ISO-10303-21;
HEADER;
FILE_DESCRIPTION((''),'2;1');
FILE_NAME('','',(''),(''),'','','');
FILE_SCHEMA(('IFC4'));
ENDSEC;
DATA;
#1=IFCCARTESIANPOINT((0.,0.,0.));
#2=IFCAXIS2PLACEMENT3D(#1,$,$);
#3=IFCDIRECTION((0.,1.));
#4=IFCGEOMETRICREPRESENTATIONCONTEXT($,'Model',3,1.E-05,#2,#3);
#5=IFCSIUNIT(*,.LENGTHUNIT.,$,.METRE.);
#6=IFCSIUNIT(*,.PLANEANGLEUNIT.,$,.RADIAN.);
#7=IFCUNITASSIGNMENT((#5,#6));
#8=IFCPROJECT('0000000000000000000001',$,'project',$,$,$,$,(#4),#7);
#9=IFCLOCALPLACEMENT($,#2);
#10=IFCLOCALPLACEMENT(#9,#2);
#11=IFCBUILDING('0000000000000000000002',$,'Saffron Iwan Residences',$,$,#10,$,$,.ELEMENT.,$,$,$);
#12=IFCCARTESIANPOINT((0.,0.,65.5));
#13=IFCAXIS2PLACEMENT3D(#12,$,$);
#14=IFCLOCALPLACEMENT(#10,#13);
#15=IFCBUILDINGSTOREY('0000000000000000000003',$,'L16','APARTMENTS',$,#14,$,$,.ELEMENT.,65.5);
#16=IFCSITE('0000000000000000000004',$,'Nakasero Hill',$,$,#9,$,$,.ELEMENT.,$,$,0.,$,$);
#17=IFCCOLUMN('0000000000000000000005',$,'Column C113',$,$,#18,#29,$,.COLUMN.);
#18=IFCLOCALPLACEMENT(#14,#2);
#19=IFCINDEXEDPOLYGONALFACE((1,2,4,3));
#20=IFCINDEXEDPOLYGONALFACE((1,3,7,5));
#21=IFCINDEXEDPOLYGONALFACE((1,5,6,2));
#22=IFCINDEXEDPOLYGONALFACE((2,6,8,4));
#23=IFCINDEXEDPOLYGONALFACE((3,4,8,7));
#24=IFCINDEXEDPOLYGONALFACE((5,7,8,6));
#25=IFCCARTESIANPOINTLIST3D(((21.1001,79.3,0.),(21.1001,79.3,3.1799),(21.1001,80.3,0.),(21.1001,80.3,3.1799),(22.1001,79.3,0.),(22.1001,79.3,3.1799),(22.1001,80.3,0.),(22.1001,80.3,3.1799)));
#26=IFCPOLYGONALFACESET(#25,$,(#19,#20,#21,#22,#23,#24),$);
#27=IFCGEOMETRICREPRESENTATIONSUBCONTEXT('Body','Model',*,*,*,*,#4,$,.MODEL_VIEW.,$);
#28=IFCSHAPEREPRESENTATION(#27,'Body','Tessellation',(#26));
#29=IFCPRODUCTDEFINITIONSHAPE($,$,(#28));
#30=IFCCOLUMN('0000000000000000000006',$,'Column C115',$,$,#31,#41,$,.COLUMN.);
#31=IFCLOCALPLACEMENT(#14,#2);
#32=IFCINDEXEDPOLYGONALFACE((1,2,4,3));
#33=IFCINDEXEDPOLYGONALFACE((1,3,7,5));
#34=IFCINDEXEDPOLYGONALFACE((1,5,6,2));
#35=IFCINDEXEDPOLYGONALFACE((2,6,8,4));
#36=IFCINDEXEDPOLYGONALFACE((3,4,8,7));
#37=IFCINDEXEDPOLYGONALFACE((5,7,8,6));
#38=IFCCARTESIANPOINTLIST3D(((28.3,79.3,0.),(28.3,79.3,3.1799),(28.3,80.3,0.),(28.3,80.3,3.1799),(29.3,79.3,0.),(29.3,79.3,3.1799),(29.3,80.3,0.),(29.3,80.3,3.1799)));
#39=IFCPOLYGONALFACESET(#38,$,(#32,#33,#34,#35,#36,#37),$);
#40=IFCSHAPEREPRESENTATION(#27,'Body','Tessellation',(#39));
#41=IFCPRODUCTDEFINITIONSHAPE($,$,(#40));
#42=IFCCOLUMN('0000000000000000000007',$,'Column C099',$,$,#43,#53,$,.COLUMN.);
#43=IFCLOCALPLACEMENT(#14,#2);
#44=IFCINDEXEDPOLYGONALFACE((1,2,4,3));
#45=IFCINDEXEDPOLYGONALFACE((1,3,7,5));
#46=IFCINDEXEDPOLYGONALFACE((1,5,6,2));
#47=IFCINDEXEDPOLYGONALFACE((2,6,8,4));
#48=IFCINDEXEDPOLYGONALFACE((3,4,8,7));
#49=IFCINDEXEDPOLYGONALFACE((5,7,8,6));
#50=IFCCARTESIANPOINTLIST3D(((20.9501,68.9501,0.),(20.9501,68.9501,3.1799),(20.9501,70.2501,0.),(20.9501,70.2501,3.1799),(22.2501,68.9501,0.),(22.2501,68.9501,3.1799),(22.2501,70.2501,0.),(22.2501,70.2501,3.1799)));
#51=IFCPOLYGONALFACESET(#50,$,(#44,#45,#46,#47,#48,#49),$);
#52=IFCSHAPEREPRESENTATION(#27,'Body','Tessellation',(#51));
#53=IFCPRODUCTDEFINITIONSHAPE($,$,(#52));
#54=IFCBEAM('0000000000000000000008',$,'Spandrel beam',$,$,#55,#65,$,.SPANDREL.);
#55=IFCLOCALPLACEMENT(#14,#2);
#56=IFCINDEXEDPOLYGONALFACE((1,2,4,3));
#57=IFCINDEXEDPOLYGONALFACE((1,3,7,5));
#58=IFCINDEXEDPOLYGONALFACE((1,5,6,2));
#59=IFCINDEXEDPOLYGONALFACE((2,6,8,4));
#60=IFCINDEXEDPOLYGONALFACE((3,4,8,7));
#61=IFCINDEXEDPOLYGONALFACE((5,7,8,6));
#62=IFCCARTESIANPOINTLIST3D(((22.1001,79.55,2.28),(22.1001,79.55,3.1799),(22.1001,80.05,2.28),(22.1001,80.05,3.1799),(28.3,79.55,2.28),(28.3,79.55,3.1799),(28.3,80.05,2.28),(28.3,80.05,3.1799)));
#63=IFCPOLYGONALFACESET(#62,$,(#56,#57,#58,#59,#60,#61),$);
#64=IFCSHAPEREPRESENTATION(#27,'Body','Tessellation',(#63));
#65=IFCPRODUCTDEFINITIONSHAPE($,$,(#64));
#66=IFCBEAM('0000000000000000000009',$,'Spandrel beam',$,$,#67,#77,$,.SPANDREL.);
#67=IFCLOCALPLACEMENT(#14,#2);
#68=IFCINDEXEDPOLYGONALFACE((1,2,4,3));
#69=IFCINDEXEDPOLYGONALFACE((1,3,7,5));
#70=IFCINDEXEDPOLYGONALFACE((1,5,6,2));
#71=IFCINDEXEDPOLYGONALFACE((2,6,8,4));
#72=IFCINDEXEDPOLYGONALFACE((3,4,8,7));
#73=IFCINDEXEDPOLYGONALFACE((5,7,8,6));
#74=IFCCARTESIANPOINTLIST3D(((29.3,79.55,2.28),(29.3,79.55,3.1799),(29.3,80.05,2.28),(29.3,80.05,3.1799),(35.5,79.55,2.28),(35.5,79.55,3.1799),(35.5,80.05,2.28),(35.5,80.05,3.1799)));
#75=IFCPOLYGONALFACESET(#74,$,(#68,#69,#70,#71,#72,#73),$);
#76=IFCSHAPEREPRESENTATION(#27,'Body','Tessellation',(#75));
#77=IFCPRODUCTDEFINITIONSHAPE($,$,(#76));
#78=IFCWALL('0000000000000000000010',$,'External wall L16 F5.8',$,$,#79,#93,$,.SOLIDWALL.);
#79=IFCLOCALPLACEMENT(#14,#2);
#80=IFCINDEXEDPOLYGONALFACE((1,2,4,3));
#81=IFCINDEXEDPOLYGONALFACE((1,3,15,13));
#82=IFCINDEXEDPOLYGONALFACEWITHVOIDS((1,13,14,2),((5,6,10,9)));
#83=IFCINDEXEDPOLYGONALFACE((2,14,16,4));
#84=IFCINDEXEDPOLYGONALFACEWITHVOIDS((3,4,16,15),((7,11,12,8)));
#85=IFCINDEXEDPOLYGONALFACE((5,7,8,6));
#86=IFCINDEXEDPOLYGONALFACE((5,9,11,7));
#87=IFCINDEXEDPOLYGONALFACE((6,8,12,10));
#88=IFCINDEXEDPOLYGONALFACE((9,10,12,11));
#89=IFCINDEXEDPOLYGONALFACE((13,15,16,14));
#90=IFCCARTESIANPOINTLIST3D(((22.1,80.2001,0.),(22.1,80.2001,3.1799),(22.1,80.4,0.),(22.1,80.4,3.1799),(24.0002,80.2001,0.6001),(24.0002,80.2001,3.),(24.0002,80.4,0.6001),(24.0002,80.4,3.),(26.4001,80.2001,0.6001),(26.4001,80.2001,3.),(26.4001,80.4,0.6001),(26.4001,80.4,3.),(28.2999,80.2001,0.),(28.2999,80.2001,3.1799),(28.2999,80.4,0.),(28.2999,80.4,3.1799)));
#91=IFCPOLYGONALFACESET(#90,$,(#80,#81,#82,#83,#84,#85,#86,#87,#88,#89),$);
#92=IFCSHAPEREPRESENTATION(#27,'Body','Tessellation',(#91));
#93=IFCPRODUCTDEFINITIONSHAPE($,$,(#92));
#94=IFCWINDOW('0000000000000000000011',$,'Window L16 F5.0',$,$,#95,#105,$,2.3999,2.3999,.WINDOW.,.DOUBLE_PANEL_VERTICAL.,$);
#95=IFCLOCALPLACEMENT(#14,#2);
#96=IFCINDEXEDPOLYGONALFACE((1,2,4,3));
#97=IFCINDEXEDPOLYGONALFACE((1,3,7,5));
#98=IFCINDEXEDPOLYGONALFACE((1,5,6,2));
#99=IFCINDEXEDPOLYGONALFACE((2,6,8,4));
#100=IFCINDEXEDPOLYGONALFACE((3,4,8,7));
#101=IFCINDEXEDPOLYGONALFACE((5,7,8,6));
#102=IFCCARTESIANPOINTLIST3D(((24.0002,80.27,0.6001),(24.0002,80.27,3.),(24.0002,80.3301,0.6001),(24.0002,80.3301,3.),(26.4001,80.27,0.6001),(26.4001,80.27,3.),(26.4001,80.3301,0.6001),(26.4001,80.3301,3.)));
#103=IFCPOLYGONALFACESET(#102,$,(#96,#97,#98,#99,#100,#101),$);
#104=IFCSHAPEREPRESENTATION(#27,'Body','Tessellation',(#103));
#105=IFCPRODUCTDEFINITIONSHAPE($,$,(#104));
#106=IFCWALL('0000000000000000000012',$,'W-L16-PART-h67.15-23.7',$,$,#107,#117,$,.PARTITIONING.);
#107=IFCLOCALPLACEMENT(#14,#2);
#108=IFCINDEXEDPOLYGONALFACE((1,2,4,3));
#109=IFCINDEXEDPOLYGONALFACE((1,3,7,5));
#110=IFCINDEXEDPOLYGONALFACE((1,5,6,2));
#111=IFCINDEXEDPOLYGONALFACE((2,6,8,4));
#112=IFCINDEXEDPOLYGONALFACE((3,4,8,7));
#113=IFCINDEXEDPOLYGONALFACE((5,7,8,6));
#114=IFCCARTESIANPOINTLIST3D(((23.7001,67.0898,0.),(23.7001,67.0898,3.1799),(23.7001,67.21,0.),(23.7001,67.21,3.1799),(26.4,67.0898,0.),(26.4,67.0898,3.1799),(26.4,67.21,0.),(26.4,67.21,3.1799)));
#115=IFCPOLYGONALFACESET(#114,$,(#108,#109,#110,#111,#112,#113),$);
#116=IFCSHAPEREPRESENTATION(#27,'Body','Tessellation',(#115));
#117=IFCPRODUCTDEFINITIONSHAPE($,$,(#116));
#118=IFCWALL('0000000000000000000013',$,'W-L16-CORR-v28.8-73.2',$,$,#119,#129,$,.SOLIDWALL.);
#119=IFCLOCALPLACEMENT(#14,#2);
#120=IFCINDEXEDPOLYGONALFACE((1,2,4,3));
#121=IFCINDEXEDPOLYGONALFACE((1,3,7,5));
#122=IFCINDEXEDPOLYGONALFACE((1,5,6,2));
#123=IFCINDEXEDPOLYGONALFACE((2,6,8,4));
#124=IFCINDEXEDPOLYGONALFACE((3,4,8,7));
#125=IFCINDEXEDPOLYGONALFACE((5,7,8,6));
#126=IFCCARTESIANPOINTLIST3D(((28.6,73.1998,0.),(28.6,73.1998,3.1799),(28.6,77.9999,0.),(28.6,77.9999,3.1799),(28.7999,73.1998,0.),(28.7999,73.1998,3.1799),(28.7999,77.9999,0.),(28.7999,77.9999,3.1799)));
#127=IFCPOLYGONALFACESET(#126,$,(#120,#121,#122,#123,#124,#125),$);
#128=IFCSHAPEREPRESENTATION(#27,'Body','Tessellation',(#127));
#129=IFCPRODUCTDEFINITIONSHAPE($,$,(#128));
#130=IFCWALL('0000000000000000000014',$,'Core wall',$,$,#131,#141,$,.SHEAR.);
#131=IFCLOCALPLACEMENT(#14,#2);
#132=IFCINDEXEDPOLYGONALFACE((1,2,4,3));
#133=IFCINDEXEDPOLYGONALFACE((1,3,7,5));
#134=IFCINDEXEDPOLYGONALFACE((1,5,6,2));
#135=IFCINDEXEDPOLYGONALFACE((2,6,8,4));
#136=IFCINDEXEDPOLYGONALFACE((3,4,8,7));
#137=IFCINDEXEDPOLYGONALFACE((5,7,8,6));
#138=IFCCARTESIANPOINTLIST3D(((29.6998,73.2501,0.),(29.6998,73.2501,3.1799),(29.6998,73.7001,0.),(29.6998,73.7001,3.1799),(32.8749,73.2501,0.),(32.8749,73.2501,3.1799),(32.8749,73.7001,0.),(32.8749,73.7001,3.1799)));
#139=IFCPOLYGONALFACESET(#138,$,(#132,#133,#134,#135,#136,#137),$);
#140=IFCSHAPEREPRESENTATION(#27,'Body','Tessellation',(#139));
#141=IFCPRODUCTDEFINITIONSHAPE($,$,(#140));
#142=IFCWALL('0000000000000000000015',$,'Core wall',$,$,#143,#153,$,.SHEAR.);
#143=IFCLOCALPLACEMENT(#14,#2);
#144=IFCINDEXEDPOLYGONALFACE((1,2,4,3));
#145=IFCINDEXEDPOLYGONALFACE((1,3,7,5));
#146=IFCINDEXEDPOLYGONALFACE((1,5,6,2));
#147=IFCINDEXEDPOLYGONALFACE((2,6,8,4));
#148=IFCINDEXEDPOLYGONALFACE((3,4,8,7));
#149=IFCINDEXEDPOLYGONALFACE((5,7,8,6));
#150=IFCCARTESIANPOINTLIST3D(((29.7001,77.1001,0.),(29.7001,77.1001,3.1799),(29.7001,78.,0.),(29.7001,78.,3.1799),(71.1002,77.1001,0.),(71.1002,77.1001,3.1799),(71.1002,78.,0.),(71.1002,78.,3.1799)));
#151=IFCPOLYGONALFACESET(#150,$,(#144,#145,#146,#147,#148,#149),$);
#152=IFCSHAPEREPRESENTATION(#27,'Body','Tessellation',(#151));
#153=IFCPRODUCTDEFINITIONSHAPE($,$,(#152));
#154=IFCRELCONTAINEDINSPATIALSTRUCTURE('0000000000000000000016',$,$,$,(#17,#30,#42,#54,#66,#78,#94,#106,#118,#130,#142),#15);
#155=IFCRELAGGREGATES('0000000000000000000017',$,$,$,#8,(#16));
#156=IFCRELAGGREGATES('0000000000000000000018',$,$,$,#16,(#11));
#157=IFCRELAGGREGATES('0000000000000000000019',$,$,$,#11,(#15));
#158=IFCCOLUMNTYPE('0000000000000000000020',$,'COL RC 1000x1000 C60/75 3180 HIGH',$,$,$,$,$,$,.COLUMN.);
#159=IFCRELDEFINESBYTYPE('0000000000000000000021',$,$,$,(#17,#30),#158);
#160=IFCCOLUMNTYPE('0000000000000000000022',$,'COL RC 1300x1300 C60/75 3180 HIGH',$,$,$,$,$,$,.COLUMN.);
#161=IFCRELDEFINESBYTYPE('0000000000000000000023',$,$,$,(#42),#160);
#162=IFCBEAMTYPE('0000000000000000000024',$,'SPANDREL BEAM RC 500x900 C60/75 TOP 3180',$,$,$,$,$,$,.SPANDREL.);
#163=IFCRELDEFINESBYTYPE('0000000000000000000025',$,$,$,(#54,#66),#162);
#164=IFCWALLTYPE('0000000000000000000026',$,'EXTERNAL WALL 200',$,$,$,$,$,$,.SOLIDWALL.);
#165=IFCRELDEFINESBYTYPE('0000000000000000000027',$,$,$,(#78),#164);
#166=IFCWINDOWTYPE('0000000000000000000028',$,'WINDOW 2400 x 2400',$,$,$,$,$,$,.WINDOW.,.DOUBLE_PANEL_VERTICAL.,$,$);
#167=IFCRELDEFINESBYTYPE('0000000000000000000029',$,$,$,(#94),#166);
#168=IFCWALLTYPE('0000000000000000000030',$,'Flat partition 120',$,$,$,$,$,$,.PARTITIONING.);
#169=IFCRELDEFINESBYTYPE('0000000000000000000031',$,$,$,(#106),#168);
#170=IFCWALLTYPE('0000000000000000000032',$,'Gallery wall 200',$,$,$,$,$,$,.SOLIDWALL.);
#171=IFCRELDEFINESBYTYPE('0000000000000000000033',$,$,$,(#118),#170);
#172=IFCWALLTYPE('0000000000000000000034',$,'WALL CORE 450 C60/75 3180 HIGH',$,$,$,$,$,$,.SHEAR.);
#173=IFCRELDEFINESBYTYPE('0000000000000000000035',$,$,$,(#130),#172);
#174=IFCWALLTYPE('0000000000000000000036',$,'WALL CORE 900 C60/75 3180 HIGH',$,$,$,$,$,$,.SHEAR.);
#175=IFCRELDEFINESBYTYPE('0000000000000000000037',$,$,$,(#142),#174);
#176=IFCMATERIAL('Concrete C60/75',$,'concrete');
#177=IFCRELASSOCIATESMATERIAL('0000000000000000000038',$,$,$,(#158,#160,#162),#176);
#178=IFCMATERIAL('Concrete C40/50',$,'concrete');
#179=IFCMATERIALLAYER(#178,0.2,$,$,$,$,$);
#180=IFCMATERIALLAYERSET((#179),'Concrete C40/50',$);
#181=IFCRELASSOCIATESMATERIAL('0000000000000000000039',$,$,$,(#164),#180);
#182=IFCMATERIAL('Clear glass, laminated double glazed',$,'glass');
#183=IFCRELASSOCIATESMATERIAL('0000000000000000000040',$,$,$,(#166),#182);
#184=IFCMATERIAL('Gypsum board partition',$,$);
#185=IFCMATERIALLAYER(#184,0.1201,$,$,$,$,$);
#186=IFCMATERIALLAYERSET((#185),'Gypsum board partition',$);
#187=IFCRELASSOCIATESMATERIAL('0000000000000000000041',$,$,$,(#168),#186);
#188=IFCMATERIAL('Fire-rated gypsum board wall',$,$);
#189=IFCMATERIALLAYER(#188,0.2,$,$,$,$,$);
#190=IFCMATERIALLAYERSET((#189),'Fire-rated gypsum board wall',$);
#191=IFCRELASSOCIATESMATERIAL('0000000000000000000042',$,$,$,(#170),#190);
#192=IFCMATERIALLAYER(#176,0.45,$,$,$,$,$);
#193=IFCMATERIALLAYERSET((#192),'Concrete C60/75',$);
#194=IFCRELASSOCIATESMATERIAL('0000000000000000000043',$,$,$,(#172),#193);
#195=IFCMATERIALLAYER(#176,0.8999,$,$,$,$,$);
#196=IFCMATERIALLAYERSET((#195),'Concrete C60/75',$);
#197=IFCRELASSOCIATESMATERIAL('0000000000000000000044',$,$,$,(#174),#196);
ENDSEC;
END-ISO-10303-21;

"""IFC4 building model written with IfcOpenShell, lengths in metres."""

from ifc_helpers import new_model, si_unit, direction, frame, frame_2d, origin, origin_2d, place, context, subcontext, project, spatial, rectangle, extrude, source, transform, mapped, material, layer, layer_set, material_profile, profile_set, type_object, element, fill, save


model = new_model("IFC4")

# Units and contexts
model_context = context("Model", 3, precision=1e-05, world=origin(), true_north=direction((0.0, 1.0)))
body_context = subcontext(model_context, "Body", "Model", "MODEL_VIEW")
ifc_project = project(units=[si_unit("LENGTHUNIT", "METRE"), si_unit("PLANEANGLEUNIT", "RADIAN")], contexts=[model_context])

# Site, building, storey
site_placement = place(None, origin())
site = spatial("IfcSite", under=ifc_project, at=site_placement, Name="Nakasero Hill", CompositionType="ELEMENT", RefElevation=0.0)
building_placement = place(site_placement, origin())
building = spatial("IfcBuilding", under=site, at=building_placement, Name="Saffron Iwan Residences", CompositionType="ELEMENT")
storey_placement = place(building_placement, frame((0.0, 0.0, 65.5)))
storey = spatial("IfcBuildingStorey", under=building, at=storey_placement, Name="L16", Description="APARTMENTS", CompositionType="ELEMENT", Elevation=65.5)

# Columns
ifc_material_1 = material(Name="Concrete C60/75", Category="concrete")
ifc_material_profile_1 = material_profile(ifc_material_1, rectangle(XDim=1.0, YDim=1.0, at=origin_2d()), Name="RC 1000x1000")
ifc_profile_set_1 = profile_set([ifc_material_profile_1], Name="Concrete C60/75")
column_type_1 = type_object("IfcColumnType", Name="COL RC 1000x1000 C60/75 3180 HIGH", PredefinedType="COLUMN", material=ifc_profile_set_1)
shared_shape_1 = source(origin(), body_context, "Body", "SweptSolid", [
    extrude(rectangle(XDim=1.0, YDim=1.0, at=origin_2d()), origin(), (0.0, 0.0, 1.0), 3.1799),
])
for number, where, z_axis, x_axis, name in (
    (1, (21.6001, 79.8, 0.0), (0.0, 0.0, 1.0), (1.0, 0.0, 0.0), "Column C113"),
    (2, (28.8, 79.8, 0.0), (0.0, 0.0, 1.0), (1.0, 0.0, 0.0), "Column C115"),
):
    element("IfcColumn", number, at=place(storey_placement, frame(where, z_axis=z_axis, x_axis=x_axis)), inside=storey, type_object=column_type_1, Name=name, PredefinedType="COLUMN", context=body_context, shape_type="MappedRepresentation", body=[
        mapped(shared_shape_1, transform((0.0, 0.0, 0.0))),
    ])
ifc_material_profile_2 = material_profile(ifc_material_1, rectangle(XDim=1.3, YDim=1.3, at=origin_2d()), Name="RC 1300x1300")
ifc_profile_set_2 = profile_set([ifc_material_profile_2], Name="Concrete C60/75")
column_type_2 = type_object("IfcColumnType", Name="COL RC 1300x1300 C60/75 3180 HIGH", PredefinedType="COLUMN", material=ifc_profile_set_2)
shared_shape_2 = source(origin(), body_context, "Body", "SweptSolid", [
    extrude(rectangle(XDim=1.3, YDim=1.3, at=origin_2d()), origin(), (0.0, 0.0, 1.0), 3.1799),
])
column_placement = place(storey_placement, frame((21.6001, 69.6001, 0.0), z_axis=(0.0, 0.0, 1.0), x_axis=(1.0, 0.0, 0.0)))
element("IfcColumn", 3, at=column_placement, inside=storey, type_object=column_type_2, Name="Column C099", PredefinedType="COLUMN", context=body_context, shape_type="MappedRepresentation", body=[
    mapped(shared_shape_2, transform((0.0, 0.0, 0.0))),
])

# Beams
ifc_material_profile_3 = material_profile(ifc_material_1, rectangle(XDim=0.5, YDim=0.8999, at=origin_2d()), Name="RC 500x900")
ifc_profile_set_3 = profile_set([ifc_material_profile_3], Name="Concrete C60/75")
beam_type = type_object("IfcBeamType", Name="SPANDREL BEAM RC 500x900 C60/75 TOP 3180", PredefinedType="SPANDREL", material=ifc_profile_set_3)
shared_shape_3 = source(origin(), body_context, "Body", "SweptSolid", [
    extrude(rectangle(XDim=0.5, YDim=0.8999, at=origin_2d()), origin(), (0.0, 0.0, 1.0), 6.2),
])
for number, where, z_axis, x_axis, name in (
    (4, (22.1001, 79.8, 2.73), (1.0, 0.0, 0.0), (0.0, 1.0, 0.0), "Spandrel beam"),
    (5, (29.3, 79.8, 2.73), (1.0, 0.0, 0.0), (0.0, 1.0, 0.0), "Spandrel beam"),
):
    element("IfcBeam", number, at=place(storey_placement, frame(where, z_axis=z_axis, x_axis=x_axis)), inside=storey, type_object=beam_type, Name=name, PredefinedType="SPANDREL", context=body_context, shape_type="MappedRepresentation", body=[
        mapped(shared_shape_3, transform((0.0, 0.0, 0.0))),
    ])

# Wall, opening, window
ifc_material_2 = material(Name="Concrete C40/50", Category="concrete")
ifc_layer_1 = layer(ifc_material_2, 0.2)
ifc_layer_set_1 = layer_set([ifc_layer_1], Name="Concrete C40/50")
wall_type_1 = type_object("IfcWallType", Name="EXTERNAL WALL 200", PredefinedType="SOLIDWALL", material=ifc_layer_set_1)
wall_1_placement = place(storey_placement, frame((28.3, 80.3, 0.0), z_axis=(0.0, 0.0, 1.0), x_axis=(-1.0, 0.0, 0.0)))
wall_1 = element("IfcWall", 6, at=wall_1_placement, inside=storey, type_object=wall_type_1, Name="External wall L16 F5.8", PredefinedType="SOLIDWALL", context=body_context, shape_type="SweptSolid", body=[
    extrude(rectangle(XDim=6.2, YDim=0.2, at=frame_2d((3.1001, 0.0))), origin(), (0.0, 0.0, 1.0), 3.1799),
])
opening_placement = place(wall_1_placement, frame((1.8999, 0.0, 0.6001)))
opening = element("IfcOpeningElement", 7, at=opening_placement, cuts=wall_1, PredefinedType="OPENING", context=body_context, shape_type="SweptSolid", body=[
    extrude(rectangle(XDim=2.3999, YDim=2.3999, at=frame_2d((1.2, 1.2))), frame((0.0, 0.1099, 0.0), z_axis=(0.0, -1.0, 0.0), x_axis=(1.0, 0.0, 0.0)), (0.0, 0.0, 1.0), 0.22),
])
ifc_material_3 = material(Name="Clear glass, laminated double glazed", Category="glass")
window_type = type_object("IfcWindowType", Name="WINDOW 2400 x 2400", PartitioningType="DOUBLE_PANEL_VERTICAL", PredefinedType="WINDOW", material=ifc_material_3)
window_placement = place(opening_placement, origin())
window = element("IfcWindow", 8, at=window_placement, inside=storey, type_object=window_type, Name="Window L16 F5.0", OverallHeight=2.3999, OverallWidth=2.3999, PartitioningType="DOUBLE_PANEL_VERTICAL", PredefinedType="WINDOW", context=body_context, shape_type="SweptSolid", body=[
    extrude(rectangle(XDim=2.3999, YDim=2.3999, at=frame_2d((1.2, 1.2))), frame((0.0, 0.03, 0.0), z_axis=(0.0, -1.0, 0.0), x_axis=(1.0, 0.0, 0.0)), (0.0, 0.0, 1.0), 0.0601),
])
fill(opening, window)

# Walls
ifc_material_4 = material(Name="Gypsum board partition")
ifc_layer_2 = layer(ifc_material_4, 0.1201)
ifc_layer_set_2 = layer_set([ifc_layer_2], Name="Gypsum board partition")
wall_type_2 = type_object("IfcWallType", Name="Flat partition 120", PredefinedType="PARTITIONING", material=ifc_layer_set_2)
wall_2_placement = place(storey_placement, frame((23.7, 67.1499, 0.0), z_axis=(0.0, 0.0, 1.0), x_axis=(1.0, 0.0, 0.0)))
element("IfcWall", 9, at=wall_2_placement, inside=storey, type_object=wall_type_2, Name="W-L16-PART-h67.15-23.7", PredefinedType="PARTITIONING", context=body_context, shape_type="SweptSolid", body=[
    extrude(rectangle(XDim=2.7, YDim=0.1201, at=frame_2d((1.3501, 0.0))), origin(), (0.0, 0.0, 1.0), 3.1799),
])
ifc_material_5 = material(Name="Fire-rated gypsum board wall")
ifc_layer_3 = layer(ifc_material_5, 0.2)
ifc_layer_set_3 = layer_set([ifc_layer_3], Name="Fire-rated gypsum board wall")
wall_type_3 = type_object("IfcWallType", Name="Gallery wall 200", PredefinedType="SOLIDWALL", material=ifc_layer_set_3)
wall_3_placement = place(storey_placement, frame((28.7, 73.2, 0.0), z_axis=(0.0, 0.0, 1.0), x_axis=(0.0, 1.0, 0.0)))
element("IfcWall", 10, at=wall_3_placement, inside=storey, type_object=wall_type_3, Name="W-L16-CORR-v28.8-73.2", PredefinedType="SOLIDWALL", context=body_context, shape_type="SweptSolid", body=[
    extrude(rectangle(XDim=4.8, YDim=0.2, at=frame_2d((2.3999, 0.0))), origin(), (0.0, 0.0, 1.0), 3.1799),
])
ifc_layer_4 = layer(ifc_material_1, 0.45)
ifc_layer_set_4 = layer_set([ifc_layer_4], Name="Concrete C60/75")
wall_type_4 = type_object("IfcWallType", Name="WALL CORE 450 C60/75 3180 HIGH", PredefinedType="SHEAR", material=ifc_layer_set_4)
wall_4_placement = place(storey_placement, frame((29.7, 73.4751, 0.0), z_axis=(0.0, 0.0, 1.0), x_axis=(1.0, 0.0, 0.0)))
element("IfcWall", 11, at=wall_4_placement, inside=storey, type_object=wall_type_4, Name="Core wall", PredefinedType="SHEAR", context=body_context, shape_type="SweptSolid", body=[
    extrude(rectangle(XDim=3.175, YDim=0.45, at=frame_2d((1.5874, 0.0))), origin(), (0.0, 0.0, 1.0), 3.1799),
])
ifc_layer_5 = layer(ifc_material_1, 0.8999)
ifc_layer_set_5 = layer_set([ifc_layer_5], Name="Concrete C60/75")
wall_type_5 = type_object("IfcWallType", Name="WALL CORE 900 C60/75 3180 HIGH", PredefinedType="SHEAR", material=ifc_layer_set_5)
wall_5_placement = place(storey_placement, frame((29.7, 77.55, 0.0), z_axis=(0.0, 0.0, 1.0), x_axis=(1.0, 0.0, 0.0)))
element("IfcWall", 12, at=wall_5_placement, inside=storey, type_object=wall_type_5, Name="Core wall", PredefinedType="SHEAR", context=body_context, shape_type="SweptSolid", body=[
    extrude(rectangle(XDim=41.4001, YDim=0.8999, at=frame_2d((20.7002, 0.0))), origin(), (0.0, 0.0, 1.0), 3.1799),
])

save(model, "model.ifc")
